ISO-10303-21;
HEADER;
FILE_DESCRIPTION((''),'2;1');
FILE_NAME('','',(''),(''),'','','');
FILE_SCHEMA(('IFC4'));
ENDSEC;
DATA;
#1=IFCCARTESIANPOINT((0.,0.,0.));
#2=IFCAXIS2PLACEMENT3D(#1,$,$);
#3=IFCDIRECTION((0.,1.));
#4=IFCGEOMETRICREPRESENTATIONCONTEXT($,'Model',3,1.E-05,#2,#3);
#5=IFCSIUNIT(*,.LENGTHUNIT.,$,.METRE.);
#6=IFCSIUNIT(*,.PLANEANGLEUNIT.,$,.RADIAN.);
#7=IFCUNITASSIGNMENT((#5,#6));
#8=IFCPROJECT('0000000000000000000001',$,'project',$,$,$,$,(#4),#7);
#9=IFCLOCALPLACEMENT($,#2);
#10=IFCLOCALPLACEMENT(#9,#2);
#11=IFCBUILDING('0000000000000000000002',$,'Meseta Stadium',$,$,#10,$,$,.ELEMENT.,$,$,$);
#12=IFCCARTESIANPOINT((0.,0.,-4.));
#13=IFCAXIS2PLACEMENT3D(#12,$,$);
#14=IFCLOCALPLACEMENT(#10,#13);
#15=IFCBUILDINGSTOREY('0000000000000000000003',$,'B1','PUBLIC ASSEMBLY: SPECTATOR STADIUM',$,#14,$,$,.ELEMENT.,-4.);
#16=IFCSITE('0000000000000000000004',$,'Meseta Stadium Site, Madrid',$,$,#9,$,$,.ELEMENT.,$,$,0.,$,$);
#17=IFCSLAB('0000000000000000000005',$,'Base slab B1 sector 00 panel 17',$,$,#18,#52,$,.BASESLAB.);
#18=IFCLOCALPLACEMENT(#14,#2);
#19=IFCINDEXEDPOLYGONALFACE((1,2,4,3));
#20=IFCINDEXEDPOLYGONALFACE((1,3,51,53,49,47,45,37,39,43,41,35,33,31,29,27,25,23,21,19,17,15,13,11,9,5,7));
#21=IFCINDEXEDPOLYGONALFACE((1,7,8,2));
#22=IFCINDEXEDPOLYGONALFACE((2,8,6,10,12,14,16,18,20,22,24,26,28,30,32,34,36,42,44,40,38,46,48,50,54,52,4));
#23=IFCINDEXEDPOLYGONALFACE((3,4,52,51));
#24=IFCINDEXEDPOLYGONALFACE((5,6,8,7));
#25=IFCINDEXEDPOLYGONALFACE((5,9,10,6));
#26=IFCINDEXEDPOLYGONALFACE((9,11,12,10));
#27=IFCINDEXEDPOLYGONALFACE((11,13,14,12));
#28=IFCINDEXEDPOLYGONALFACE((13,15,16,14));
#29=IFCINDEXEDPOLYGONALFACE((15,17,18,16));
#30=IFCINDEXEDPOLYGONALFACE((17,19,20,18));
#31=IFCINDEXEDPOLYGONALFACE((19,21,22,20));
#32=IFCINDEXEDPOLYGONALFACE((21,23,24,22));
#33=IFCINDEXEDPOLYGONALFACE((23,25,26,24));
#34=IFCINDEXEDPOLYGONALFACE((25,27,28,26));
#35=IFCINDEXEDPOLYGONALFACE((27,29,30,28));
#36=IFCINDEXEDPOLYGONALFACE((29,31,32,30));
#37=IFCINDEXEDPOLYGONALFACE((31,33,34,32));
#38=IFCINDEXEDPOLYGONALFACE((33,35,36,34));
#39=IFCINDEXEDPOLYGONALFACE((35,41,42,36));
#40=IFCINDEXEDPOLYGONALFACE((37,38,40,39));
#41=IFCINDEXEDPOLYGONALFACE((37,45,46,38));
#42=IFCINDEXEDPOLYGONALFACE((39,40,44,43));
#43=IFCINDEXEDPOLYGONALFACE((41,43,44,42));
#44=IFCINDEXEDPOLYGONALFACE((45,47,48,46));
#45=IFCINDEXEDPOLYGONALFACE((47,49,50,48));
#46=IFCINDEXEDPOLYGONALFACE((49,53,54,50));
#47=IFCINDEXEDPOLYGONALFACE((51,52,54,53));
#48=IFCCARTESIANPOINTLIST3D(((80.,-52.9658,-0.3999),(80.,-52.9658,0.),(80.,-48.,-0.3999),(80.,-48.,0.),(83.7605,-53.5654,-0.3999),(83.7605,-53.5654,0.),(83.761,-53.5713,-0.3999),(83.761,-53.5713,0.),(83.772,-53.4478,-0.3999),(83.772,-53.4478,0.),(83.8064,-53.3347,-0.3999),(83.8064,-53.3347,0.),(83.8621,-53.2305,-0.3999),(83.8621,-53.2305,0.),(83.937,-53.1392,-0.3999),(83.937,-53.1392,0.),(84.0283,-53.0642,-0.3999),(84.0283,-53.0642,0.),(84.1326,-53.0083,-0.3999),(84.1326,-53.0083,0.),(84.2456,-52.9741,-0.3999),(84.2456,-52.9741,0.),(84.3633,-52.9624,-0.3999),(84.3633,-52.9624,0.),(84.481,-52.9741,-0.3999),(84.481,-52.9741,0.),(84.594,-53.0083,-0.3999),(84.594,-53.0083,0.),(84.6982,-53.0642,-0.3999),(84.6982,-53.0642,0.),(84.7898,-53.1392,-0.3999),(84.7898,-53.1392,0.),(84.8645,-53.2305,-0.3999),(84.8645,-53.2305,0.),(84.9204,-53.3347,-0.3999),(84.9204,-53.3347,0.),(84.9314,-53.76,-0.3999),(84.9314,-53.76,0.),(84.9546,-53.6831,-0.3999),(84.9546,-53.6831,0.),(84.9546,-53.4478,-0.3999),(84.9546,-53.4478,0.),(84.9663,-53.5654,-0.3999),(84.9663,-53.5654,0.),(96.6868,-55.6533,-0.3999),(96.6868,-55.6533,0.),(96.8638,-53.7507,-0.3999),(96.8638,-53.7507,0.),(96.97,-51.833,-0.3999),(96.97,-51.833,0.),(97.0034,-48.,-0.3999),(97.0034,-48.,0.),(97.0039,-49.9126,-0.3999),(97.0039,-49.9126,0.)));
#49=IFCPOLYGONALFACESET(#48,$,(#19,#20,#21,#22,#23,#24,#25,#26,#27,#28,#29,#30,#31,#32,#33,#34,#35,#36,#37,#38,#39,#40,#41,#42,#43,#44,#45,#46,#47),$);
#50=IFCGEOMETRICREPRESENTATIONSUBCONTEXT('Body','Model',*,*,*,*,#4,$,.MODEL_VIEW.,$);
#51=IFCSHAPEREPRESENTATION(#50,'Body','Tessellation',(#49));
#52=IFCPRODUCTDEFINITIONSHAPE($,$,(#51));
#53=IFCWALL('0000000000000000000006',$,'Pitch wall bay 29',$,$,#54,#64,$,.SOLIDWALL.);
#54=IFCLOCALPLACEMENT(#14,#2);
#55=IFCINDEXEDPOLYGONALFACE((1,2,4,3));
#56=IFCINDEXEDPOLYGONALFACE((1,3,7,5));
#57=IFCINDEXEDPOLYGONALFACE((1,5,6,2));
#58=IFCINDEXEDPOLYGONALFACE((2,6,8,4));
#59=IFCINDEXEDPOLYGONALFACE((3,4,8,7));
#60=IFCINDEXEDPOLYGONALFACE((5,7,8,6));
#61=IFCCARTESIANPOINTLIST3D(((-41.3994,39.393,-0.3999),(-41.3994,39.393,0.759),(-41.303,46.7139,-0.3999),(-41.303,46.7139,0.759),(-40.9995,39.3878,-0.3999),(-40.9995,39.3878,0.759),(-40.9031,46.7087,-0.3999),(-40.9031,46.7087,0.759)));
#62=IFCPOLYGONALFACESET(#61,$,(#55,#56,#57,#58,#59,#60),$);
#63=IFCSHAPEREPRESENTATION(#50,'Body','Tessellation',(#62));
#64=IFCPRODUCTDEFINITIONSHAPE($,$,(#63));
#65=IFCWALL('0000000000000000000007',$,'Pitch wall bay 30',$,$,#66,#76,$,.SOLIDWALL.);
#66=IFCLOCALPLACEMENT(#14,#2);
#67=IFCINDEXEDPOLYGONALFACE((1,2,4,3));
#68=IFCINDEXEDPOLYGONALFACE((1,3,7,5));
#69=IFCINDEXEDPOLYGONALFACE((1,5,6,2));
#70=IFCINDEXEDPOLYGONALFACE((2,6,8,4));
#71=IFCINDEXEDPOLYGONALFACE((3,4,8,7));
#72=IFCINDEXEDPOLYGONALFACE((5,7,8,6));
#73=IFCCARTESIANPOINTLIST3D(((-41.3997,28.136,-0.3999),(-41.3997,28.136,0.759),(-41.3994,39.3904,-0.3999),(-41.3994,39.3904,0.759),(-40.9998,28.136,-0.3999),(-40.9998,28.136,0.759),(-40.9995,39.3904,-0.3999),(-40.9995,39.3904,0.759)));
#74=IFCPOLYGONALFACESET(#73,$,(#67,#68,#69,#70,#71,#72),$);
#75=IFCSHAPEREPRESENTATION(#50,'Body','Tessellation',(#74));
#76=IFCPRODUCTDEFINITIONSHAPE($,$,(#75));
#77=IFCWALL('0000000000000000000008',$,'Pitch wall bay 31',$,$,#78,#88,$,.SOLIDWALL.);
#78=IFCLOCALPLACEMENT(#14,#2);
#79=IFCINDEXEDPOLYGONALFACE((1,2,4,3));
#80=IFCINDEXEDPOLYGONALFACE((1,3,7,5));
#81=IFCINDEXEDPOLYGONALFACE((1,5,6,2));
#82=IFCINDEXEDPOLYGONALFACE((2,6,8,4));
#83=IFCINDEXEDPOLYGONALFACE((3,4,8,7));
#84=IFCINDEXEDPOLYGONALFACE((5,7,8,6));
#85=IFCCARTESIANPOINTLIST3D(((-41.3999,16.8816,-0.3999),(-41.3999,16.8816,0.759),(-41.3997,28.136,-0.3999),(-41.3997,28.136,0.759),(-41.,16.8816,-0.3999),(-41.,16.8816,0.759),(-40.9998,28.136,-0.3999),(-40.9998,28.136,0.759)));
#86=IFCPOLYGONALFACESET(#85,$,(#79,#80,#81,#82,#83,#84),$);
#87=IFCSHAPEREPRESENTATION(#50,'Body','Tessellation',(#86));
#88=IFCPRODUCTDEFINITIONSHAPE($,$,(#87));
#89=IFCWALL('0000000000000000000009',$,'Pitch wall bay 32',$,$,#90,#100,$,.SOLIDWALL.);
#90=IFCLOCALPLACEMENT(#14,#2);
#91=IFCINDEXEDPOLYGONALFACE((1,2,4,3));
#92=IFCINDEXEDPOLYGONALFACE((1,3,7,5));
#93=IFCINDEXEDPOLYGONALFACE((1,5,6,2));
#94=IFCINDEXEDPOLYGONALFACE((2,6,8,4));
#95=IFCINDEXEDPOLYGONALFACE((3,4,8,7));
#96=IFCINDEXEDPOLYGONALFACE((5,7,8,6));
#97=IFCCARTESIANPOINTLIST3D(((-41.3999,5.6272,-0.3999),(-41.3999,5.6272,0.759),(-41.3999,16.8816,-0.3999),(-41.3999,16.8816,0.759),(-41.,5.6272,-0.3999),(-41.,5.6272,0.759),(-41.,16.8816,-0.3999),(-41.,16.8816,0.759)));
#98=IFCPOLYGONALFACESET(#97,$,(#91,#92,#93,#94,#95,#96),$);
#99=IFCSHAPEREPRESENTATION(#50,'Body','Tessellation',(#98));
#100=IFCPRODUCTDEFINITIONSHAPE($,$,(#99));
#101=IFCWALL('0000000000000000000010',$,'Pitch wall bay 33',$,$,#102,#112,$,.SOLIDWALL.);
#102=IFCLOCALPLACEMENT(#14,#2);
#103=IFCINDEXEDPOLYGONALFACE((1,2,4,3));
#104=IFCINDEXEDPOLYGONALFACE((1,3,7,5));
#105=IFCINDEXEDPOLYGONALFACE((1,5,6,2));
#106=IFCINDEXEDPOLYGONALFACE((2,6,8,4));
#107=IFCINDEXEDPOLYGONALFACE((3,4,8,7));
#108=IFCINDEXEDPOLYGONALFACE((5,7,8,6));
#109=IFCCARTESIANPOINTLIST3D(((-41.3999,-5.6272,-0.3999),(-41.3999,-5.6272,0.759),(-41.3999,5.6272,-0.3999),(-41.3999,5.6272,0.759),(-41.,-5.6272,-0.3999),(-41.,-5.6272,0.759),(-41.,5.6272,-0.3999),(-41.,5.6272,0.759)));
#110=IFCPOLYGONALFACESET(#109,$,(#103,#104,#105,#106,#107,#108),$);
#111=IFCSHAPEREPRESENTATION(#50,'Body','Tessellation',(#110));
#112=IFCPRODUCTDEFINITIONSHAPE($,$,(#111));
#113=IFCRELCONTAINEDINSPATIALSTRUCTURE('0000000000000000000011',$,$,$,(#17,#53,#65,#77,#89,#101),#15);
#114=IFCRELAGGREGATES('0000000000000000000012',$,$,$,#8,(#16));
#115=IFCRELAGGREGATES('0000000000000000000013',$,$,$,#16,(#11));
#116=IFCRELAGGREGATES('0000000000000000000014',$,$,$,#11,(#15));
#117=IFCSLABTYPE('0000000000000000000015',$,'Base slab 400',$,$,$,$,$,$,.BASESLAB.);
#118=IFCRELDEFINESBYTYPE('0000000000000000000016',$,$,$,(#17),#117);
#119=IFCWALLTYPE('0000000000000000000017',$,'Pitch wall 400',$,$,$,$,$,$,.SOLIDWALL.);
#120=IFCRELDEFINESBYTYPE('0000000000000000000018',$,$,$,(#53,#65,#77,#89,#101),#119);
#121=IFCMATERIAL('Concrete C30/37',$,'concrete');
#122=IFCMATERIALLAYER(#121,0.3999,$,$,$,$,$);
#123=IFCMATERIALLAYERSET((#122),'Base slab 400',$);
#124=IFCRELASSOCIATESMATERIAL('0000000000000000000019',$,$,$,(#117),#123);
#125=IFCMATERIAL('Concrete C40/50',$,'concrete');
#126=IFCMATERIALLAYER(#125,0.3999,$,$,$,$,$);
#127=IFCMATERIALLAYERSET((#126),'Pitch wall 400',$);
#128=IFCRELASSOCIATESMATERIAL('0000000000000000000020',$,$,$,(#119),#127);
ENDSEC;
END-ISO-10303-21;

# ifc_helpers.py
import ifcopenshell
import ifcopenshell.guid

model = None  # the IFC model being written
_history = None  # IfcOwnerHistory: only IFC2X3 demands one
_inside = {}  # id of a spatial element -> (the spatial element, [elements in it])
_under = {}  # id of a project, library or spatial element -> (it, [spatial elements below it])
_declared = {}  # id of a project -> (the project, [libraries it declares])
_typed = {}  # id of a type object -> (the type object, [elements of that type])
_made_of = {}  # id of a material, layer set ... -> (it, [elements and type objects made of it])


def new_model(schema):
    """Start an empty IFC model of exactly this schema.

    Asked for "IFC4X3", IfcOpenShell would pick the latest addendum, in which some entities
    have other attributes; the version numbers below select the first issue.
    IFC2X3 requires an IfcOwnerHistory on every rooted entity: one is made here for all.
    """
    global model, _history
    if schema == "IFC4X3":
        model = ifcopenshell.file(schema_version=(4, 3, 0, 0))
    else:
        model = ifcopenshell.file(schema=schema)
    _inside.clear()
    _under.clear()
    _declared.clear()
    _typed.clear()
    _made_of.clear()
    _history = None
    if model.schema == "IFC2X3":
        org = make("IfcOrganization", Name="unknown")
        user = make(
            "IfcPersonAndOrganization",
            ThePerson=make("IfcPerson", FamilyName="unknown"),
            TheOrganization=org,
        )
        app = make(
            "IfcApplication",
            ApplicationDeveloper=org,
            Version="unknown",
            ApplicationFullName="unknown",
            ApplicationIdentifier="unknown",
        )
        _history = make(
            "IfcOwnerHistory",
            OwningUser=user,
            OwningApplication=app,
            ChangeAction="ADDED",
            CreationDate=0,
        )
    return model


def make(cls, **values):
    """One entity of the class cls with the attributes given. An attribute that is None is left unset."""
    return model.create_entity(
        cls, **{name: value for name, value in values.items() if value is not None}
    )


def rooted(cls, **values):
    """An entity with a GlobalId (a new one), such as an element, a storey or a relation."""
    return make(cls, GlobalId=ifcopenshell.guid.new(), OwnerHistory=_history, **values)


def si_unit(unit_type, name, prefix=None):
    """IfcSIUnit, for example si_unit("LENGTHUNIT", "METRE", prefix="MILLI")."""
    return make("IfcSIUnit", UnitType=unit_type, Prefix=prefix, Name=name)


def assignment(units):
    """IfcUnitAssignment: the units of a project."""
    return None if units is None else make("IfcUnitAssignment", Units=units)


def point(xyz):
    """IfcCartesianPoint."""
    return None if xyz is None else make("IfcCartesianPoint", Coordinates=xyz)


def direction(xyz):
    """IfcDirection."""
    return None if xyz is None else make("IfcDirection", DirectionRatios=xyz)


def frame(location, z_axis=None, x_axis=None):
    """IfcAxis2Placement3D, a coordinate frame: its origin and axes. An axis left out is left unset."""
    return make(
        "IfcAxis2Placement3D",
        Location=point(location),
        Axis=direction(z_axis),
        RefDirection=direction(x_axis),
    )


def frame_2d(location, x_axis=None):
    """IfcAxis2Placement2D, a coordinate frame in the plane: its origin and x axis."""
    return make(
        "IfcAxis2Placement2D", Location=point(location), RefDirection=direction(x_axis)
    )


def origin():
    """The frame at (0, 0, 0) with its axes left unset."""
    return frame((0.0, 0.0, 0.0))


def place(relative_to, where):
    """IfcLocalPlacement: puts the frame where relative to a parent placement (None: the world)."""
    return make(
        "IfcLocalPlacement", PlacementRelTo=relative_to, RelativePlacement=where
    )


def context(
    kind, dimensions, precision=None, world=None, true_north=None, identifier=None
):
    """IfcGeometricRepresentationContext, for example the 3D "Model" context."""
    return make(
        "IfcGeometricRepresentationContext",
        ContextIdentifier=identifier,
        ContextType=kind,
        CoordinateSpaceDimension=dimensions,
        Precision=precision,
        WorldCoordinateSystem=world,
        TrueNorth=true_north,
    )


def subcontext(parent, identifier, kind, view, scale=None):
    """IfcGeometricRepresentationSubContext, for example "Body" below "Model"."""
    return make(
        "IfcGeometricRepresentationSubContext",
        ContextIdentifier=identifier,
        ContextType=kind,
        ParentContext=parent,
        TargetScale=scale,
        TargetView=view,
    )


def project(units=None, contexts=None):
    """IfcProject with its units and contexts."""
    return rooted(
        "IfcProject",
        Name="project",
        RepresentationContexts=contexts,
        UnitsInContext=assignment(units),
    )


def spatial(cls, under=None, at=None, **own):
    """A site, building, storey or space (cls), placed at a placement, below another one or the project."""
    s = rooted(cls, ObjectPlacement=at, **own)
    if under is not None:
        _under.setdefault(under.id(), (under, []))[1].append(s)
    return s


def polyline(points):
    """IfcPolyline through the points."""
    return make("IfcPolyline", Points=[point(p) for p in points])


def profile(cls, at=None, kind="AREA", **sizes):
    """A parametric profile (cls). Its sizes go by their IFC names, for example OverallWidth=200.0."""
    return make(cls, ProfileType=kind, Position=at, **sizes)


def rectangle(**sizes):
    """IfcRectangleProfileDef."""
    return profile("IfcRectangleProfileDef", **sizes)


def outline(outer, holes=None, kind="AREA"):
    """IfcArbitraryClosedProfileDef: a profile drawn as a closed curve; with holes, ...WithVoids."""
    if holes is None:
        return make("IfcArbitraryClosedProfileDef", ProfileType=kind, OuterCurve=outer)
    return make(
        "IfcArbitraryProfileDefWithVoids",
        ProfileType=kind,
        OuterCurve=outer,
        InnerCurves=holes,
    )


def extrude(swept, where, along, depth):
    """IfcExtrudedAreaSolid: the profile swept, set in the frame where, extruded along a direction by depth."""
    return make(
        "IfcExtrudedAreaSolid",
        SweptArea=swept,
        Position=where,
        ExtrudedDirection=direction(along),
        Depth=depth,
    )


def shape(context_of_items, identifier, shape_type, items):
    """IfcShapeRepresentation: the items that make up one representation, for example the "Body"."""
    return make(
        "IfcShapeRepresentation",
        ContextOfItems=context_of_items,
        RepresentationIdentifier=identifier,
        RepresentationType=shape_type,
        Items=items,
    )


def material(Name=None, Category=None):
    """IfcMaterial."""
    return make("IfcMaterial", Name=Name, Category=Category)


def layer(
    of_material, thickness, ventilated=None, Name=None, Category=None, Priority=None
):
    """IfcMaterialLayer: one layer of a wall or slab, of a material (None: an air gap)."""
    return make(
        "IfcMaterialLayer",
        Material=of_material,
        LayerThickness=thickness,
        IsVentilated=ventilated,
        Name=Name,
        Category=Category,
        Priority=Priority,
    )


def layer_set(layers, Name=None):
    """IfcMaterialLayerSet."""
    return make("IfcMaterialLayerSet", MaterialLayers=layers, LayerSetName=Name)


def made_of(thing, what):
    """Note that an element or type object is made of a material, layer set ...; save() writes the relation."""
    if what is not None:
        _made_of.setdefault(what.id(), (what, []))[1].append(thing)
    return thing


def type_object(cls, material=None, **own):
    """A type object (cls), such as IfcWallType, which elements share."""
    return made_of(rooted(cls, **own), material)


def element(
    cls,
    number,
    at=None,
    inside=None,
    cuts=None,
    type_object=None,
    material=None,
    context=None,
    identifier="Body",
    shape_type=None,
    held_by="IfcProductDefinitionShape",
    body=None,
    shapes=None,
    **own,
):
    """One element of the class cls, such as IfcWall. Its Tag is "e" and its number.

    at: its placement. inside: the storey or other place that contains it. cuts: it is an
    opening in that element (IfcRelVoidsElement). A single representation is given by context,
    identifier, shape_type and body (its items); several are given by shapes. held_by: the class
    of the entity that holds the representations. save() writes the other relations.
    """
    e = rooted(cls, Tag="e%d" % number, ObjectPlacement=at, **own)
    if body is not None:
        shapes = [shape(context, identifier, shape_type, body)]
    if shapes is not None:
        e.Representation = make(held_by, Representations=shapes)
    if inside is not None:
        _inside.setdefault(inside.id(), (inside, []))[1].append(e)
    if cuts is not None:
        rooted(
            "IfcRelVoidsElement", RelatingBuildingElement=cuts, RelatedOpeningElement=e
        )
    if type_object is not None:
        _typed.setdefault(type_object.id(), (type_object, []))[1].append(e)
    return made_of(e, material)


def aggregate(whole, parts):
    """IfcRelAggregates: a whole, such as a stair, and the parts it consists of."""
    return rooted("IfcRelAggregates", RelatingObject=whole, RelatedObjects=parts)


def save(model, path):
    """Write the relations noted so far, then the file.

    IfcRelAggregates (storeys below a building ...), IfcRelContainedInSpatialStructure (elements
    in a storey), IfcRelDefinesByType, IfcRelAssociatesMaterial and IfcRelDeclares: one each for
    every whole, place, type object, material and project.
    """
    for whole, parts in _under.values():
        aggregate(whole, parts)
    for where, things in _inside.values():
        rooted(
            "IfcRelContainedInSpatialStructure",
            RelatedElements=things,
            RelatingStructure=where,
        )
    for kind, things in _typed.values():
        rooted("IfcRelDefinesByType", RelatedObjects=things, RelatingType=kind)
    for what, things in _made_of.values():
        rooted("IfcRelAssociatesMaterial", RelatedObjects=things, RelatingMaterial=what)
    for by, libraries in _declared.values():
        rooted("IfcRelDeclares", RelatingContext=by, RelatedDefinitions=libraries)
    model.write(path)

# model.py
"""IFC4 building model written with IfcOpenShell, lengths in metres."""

from ifc_helpers import new_model, si_unit, direction, frame, frame_2d, origin, place, context, subcontext, project, spatial, polyline, rectangle, outline, extrude, material, layer, layer_set, type_object, element, save


model = new_model("IFC4")

# Units and contexts
model_context = context("Model", 3, precision=1e-05, world=origin(), true_north=direction((0.0, 1.0)))
body_context = subcontext(model_context, "Body", "Model", "MODEL_VIEW")
ifc_project = project(units=[si_unit("LENGTHUNIT", "METRE"), si_unit("PLANEANGLEUNIT", "RADIAN")], contexts=[model_context])

# Site, building, storey
site_placement = place(None, origin())
site = spatial("IfcSite", under=ifc_project, at=site_placement, Name="Meseta Stadium Site, Madrid", CompositionType="ELEMENT", RefElevation=0.0)
building_placement = place(site_placement, origin())
building = spatial("IfcBuilding", under=site, at=building_placement, Name="Meseta Stadium", CompositionType="ELEMENT")
storey_placement = place(building_placement, frame((0.0, 0.0, -4.0)))
storey = spatial("IfcBuildingStorey", under=building, at=storey_placement, Name="B1", Description="PUBLIC ASSEMBLY: SPECTATOR STADIUM", CompositionType="ELEMENT", Elevation=-4.0)

# Slab
ifc_material_1 = material(Name="Concrete C30/37", Category="concrete")
ifc_layer_1 = layer(ifc_material_1, 0.3999)
ifc_layer_set_1 = layer_set([ifc_layer_1], Name="Base slab 400")
slab_type = type_object("IfcSlabType", Name="Base slab 400", PredefinedType="BASESLAB", material=ifc_layer_set_1)
slab_1_placement = place(storey_placement, frame((0.0, 0.0, -0.3999)))
element("IfcSlab", 1, at=slab_1_placement, inside=storey, type_object=slab_type, Name="Base slab B1 sector 00 panel 17", PredefinedType="BASESLAB", context=body_context, shape_type="SweptSolid", body=[
    extrude(outline(polyline([(84.9546, -53.4478), (84.9663, -53.5654), (84.9546, -53.6831), (84.9314, -53.76), (96.6868, -55.6533), (96.8638, -53.7507), (96.97, -51.833), (97.0039, -49.9126), (97.0034, -48.0), (80.0, -48.0), (80.0, -52.9658), (83.761, -53.5713), (83.7605, -53.5654), (83.772, -53.4478), (83.8064, -53.3347), (83.8621, -53.2305), (83.937, -53.1392), (84.0283, -53.0642), (84.1326, -53.0083), (84.2456, -52.9741), (84.3633, -52.9624), (84.481, -52.9741), (84.594, -53.0083), (84.6982, -53.0642), (84.7898, -53.1392), (84.8645, -53.2305), (84.9204, -53.3347), (84.9546, -53.4478)])), origin(), (0.0, 0.0, 1.0), 0.3999),
])

# Walls
ifc_material_2 = material(Name="Concrete C40/50", Category="concrete")
ifc_layer_2 = layer(ifc_material_2, 0.3999)
ifc_layer_set_2 = layer_set([ifc_layer_2], Name="Pitch wall 400")
wall_type = type_object("IfcWallType", Name="Pitch wall 400", PredefinedType="SOLIDWALL", material=ifc_layer_set_2)
wall_placement = place(storey_placement, frame((-41.103, 46.7112, -0.3999), z_axis=(0.0, 0.0, 1.0), x_axis=(-0.013172, -0.999913, 0.0)))
element("IfcWall", 2, at=wall_placement, inside=storey, type_object=wall_type, Name="Pitch wall bay 29", PredefinedType="SOLIDWALL", context=body_context, shape_type="SweptSolid", body=[
    extrude(rectangle(XDim=7.3215, YDim=0.3999, at=frame_2d((3.6606, 0.0))), origin(), (0.0, 0.0, 1.0), 1.1589),
])
for number, where, z_axis, x_axis, name in (
    (3, (-41.1995, 39.3904, -0.3999), (0.0, 0.0, 1.0), (-0.000022, -1.0, 0.0), "Pitch wall bay 30"),
    (4, (-41.1997, 28.136, -0.3999), (0.0, 0.0, 1.0), (-0.000022, -1.0, 0.0), "Pitch wall bay 31"),
    (5, (-41.2, 16.8816, -0.3999), (0.0, 0.0, 1.0), (0.0, -1.0, 0.0), "Pitch wall bay 32"),
    (6, (-41.2, 5.6272, -0.3999), (0.0, 0.0, 1.0), (0.0, -1.0, 0.0), "Pitch wall bay 33"),
):
    element("IfcWall", number, at=place(storey_placement, frame(where, z_axis=z_axis, x_axis=x_axis)), inside=storey, type_object=wall_type, Name=name, PredefinedType="SOLIDWALL", context=body_context, shape_type="SweptSolid", body=[
        extrude(rectangle(XDim=11.2544, YDim=0.3999, at=frame_2d((5.6272, 0.0))), origin(), (0.0, 0.0, 1.0), 1.1589),
    ])

save(model, "model.ifc")
